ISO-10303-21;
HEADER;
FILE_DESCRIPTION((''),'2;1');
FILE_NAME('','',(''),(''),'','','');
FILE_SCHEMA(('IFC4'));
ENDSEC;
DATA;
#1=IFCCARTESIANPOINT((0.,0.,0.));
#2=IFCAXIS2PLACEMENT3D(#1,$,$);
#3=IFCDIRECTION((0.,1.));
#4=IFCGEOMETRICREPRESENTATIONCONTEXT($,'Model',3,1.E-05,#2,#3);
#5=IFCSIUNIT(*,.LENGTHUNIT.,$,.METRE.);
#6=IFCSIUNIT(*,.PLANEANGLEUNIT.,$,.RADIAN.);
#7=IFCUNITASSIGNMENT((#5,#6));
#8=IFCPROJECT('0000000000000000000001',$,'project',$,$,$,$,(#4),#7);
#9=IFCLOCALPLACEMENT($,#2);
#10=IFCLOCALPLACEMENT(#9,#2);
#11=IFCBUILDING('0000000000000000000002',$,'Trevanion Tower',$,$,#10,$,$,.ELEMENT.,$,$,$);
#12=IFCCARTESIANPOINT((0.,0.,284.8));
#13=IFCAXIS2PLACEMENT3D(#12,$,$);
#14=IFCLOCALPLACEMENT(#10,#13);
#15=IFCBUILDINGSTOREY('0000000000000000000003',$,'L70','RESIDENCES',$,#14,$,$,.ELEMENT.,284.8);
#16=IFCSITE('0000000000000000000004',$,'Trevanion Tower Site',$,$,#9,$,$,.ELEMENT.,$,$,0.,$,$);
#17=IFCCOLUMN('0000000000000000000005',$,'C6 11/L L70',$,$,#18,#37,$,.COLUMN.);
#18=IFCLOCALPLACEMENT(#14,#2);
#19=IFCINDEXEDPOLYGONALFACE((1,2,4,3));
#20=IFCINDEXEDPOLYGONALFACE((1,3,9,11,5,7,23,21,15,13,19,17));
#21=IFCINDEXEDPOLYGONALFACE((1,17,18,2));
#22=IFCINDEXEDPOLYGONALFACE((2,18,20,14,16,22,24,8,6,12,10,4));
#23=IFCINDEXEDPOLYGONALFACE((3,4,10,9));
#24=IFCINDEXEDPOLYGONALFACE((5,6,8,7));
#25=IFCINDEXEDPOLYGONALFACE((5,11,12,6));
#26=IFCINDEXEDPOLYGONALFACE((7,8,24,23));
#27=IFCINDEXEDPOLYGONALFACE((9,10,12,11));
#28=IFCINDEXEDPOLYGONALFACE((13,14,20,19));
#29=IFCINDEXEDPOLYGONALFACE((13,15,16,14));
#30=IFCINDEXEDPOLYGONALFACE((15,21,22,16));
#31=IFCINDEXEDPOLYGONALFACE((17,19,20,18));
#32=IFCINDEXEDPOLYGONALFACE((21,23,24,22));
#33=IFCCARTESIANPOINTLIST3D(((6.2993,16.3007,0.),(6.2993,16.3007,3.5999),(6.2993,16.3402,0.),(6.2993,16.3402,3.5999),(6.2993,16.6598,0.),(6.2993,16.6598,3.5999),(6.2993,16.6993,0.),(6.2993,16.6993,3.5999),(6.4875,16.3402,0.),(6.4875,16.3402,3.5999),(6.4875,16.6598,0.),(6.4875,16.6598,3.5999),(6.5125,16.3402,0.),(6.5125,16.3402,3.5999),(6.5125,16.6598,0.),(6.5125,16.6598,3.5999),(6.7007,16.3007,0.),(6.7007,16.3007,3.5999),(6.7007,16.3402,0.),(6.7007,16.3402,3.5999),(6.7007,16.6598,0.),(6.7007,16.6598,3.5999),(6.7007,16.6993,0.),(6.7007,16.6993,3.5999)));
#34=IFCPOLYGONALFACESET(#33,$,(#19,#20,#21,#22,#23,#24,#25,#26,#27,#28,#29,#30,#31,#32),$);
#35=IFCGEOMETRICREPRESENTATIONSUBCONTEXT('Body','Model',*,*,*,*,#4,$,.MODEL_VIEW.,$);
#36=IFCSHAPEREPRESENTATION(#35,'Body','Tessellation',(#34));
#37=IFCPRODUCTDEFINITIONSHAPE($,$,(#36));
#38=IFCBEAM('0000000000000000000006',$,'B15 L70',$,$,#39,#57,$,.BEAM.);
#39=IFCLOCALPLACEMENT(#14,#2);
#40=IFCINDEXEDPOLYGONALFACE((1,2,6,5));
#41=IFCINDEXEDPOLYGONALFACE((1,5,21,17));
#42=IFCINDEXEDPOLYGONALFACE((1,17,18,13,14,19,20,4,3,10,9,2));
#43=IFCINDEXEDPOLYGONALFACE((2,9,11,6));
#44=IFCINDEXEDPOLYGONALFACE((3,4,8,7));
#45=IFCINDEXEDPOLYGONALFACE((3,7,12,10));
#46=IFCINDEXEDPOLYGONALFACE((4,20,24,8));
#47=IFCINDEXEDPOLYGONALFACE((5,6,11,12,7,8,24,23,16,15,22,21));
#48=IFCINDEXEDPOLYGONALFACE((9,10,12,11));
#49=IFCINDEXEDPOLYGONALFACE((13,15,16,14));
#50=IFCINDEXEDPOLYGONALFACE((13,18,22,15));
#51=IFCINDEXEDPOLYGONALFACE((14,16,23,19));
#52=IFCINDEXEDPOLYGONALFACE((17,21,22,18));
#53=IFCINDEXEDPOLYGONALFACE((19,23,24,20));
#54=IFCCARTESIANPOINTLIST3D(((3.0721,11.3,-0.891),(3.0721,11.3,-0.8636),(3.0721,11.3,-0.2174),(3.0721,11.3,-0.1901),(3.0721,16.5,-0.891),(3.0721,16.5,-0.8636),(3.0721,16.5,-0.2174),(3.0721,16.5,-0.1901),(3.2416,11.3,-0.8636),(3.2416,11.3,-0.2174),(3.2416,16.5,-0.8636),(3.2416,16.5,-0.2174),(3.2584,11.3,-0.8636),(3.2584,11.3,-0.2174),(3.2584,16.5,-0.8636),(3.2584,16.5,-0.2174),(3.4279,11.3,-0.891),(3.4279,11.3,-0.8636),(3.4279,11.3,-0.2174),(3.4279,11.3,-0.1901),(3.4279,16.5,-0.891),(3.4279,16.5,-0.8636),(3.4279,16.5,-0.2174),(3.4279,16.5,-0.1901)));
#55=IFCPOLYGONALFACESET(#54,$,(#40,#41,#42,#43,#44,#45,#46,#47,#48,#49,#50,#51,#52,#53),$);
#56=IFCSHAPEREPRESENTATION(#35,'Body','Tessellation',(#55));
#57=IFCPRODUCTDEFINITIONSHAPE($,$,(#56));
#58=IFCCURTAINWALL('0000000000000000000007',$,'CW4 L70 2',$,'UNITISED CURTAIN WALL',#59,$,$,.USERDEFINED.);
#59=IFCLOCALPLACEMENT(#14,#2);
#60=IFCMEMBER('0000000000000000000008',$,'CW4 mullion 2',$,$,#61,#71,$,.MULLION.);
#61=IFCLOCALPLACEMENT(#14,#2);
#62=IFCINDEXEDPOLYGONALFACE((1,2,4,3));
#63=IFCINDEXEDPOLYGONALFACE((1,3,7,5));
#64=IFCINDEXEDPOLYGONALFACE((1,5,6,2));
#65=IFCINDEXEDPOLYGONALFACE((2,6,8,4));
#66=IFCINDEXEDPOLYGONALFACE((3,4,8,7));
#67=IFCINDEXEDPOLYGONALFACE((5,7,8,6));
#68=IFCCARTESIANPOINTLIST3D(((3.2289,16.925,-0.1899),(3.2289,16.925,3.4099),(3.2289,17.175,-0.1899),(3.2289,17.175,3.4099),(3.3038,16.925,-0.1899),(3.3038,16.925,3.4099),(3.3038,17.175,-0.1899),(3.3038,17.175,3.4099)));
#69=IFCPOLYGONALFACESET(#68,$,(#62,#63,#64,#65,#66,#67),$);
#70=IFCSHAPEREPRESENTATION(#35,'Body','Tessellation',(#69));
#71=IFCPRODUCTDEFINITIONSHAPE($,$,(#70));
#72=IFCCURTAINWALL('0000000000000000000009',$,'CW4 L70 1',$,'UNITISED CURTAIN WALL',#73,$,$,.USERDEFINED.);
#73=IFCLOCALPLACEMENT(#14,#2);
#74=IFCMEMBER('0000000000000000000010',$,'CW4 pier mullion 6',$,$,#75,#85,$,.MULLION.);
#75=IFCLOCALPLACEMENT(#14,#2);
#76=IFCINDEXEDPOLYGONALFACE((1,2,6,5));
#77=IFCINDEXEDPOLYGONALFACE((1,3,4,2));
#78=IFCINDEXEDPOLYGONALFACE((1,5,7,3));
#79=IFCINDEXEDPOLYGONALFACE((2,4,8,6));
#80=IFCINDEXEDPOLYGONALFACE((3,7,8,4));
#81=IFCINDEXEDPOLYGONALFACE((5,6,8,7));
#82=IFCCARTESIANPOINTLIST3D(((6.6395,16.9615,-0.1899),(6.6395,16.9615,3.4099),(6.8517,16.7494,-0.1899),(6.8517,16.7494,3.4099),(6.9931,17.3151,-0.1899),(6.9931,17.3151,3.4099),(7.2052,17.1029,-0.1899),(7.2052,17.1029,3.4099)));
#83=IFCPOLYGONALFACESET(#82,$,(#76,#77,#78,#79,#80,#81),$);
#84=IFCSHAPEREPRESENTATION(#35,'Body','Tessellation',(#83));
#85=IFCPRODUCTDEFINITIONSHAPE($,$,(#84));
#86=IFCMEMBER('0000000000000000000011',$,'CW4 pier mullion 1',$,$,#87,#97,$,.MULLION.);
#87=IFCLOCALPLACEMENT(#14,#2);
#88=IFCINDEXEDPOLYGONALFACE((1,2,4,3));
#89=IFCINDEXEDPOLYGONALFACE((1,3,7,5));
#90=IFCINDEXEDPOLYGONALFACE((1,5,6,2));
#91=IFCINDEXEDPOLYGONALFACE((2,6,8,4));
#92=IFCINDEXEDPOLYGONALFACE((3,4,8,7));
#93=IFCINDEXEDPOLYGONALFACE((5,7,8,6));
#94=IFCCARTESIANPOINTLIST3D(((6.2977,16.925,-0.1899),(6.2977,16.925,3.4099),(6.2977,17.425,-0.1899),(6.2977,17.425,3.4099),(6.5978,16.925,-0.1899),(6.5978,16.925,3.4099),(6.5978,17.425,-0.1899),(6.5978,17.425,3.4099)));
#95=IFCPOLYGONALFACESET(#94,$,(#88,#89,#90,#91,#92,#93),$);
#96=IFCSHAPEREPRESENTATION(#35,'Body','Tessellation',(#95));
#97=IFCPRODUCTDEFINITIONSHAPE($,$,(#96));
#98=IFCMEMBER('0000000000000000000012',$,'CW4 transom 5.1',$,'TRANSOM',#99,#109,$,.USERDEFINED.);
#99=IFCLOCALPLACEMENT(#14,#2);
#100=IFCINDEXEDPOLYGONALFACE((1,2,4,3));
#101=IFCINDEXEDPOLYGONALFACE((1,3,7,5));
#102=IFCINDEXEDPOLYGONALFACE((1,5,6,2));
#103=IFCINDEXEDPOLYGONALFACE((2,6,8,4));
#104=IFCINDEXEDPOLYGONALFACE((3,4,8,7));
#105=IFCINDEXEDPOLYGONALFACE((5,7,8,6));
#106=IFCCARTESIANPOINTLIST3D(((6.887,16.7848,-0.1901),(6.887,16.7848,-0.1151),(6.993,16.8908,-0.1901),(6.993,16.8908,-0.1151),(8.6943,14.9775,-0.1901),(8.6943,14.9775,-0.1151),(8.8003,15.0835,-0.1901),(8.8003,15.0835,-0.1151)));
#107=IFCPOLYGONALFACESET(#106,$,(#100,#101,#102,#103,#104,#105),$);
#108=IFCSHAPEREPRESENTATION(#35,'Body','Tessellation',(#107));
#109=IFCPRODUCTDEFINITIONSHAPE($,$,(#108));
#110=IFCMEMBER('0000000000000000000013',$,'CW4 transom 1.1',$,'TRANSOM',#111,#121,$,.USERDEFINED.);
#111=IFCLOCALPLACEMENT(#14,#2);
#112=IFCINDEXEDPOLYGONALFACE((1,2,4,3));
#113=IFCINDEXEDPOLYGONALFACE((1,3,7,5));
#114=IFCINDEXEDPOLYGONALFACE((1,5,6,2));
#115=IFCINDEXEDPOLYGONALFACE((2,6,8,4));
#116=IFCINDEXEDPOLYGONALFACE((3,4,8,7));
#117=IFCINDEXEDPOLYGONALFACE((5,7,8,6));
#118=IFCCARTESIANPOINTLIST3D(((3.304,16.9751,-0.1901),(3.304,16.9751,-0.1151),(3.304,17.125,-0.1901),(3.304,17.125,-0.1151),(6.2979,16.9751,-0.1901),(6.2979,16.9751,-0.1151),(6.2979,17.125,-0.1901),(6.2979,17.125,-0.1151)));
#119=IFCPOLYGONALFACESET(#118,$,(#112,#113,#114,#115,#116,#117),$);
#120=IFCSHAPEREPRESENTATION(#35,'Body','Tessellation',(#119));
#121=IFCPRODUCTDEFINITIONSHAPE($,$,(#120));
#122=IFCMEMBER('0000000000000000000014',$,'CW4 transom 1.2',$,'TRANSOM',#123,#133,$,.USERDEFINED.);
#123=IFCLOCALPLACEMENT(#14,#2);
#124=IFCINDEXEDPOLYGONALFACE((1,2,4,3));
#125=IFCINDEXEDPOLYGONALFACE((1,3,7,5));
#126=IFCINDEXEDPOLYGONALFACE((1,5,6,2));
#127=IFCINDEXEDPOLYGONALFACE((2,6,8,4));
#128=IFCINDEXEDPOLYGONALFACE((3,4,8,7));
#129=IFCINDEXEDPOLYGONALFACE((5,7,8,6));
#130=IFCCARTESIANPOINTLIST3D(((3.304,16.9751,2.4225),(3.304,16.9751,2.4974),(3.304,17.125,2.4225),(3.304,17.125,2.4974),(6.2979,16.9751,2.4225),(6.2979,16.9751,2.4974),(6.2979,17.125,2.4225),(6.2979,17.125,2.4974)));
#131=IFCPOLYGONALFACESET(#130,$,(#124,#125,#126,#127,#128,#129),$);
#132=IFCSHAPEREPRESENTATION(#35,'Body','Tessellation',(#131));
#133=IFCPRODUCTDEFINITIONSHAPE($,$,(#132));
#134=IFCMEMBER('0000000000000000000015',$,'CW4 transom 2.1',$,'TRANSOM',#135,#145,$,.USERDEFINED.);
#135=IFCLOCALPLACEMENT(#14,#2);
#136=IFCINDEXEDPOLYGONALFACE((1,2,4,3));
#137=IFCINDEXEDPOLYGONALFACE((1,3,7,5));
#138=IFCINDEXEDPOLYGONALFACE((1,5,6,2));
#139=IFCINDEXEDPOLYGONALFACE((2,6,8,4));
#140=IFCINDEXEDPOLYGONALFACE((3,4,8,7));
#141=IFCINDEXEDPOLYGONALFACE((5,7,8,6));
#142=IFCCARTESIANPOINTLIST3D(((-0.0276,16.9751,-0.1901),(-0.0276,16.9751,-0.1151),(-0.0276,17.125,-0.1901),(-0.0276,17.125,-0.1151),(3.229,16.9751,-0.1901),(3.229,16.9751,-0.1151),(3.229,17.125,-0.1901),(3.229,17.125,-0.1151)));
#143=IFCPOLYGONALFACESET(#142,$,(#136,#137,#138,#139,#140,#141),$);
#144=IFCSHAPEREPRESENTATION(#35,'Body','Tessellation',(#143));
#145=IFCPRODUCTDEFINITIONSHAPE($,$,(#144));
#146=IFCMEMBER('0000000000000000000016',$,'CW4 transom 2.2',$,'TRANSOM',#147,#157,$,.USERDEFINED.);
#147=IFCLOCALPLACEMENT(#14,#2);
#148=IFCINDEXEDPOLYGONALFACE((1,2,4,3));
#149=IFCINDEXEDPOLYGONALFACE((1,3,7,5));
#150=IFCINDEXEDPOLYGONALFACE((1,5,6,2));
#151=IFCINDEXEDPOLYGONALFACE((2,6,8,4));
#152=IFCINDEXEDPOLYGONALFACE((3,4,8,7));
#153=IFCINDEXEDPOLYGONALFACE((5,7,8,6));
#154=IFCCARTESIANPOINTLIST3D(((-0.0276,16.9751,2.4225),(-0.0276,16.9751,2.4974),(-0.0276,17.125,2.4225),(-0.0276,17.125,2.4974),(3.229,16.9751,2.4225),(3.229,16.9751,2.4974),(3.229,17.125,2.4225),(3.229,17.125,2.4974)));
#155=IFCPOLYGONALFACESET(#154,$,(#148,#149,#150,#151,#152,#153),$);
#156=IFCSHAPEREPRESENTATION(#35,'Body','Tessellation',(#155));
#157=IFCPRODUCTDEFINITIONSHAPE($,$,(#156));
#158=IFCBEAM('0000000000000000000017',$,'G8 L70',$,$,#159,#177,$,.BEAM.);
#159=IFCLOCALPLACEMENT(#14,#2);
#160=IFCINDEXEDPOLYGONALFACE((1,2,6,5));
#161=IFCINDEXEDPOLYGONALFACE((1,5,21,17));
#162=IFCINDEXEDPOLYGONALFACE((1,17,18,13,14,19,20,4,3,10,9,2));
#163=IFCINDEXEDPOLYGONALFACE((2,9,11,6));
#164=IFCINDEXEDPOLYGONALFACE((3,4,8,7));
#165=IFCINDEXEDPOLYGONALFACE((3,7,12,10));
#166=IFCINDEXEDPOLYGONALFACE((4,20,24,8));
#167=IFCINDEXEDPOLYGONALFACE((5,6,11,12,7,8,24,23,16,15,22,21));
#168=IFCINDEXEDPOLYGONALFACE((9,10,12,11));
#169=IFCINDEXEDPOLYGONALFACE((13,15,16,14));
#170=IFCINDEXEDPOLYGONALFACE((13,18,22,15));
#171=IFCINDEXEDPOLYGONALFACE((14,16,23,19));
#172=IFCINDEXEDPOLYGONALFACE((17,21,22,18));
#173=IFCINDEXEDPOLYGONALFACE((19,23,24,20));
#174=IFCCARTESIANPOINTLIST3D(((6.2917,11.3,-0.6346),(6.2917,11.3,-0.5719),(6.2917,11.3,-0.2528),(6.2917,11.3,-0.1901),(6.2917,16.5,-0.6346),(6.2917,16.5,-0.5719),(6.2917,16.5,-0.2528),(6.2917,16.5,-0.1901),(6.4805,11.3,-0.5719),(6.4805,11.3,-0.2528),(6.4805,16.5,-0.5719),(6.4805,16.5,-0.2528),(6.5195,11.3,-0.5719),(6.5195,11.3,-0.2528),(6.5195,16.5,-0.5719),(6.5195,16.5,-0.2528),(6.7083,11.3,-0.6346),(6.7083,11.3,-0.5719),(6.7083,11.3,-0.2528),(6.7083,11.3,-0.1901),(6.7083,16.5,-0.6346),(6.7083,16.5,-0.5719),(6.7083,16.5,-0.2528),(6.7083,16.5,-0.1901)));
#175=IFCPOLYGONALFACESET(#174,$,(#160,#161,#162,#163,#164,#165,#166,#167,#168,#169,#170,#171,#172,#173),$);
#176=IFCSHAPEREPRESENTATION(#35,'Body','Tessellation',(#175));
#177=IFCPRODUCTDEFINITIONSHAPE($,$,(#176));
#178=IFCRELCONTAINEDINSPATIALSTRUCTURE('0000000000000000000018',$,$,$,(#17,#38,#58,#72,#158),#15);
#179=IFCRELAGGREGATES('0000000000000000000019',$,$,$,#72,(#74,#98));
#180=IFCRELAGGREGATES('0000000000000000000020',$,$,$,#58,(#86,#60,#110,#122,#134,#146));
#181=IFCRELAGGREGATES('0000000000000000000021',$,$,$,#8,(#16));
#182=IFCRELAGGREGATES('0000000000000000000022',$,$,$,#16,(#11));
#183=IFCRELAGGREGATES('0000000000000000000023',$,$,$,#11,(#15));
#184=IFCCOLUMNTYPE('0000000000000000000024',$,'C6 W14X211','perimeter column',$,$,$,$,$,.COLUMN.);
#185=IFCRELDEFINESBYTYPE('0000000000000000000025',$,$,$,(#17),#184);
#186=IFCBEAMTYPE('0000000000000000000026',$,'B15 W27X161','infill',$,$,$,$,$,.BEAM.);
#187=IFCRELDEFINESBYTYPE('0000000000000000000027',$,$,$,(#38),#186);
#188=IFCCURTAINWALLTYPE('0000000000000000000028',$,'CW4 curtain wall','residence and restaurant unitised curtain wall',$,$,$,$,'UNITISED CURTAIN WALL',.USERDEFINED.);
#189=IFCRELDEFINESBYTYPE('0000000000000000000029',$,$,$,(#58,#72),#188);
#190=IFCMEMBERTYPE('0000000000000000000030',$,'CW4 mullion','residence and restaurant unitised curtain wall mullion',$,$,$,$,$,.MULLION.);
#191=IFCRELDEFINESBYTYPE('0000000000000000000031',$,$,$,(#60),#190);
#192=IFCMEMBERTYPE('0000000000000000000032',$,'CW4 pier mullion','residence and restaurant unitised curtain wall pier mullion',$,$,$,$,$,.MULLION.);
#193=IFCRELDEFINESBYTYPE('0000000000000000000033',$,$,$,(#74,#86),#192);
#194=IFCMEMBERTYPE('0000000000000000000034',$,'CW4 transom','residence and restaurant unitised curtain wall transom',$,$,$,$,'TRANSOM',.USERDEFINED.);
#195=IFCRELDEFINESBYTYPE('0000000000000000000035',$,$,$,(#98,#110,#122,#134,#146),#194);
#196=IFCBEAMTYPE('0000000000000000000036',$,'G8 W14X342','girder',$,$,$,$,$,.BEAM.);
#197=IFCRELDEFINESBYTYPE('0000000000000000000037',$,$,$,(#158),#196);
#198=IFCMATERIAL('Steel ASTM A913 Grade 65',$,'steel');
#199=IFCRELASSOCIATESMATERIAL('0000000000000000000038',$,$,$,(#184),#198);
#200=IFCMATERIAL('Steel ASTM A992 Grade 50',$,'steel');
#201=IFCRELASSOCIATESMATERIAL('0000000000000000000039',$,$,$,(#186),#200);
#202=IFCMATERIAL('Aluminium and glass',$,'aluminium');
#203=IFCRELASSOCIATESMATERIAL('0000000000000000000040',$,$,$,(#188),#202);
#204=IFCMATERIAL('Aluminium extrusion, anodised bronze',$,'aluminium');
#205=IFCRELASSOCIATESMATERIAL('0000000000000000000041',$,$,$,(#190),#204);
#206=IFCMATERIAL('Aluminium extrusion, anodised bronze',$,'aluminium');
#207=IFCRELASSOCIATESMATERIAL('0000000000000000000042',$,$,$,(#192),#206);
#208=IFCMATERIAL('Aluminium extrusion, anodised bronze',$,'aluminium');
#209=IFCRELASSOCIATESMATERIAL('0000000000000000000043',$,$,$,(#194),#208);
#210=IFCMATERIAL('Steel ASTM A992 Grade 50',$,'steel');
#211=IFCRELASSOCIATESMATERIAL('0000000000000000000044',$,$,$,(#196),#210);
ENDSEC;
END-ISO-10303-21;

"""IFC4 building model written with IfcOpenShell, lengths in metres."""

from ifc_helpers import new_model, si_unit, direction, frame, origin, origin_2d, place, context, subcontext, project, spatial, rectangle, i_section, extrude, material, material_profile, profile_set, type_object, element, aggregate, save


model = new_model("IFC4")

# Units and contexts
model_context = context("Model", 3, precision=1e-05, world=origin(), true_north=direction((0.0, 1.0)))
body_context = subcontext(model_context, "Body", "Model", "MODEL_VIEW")
ifc_project = project(units=[si_unit("LENGTHUNIT", "METRE"), si_unit("PLANEANGLEUNIT", "RADIAN")], contexts=[model_context])

# Site, building, storey
site_placement = place(None, origin())
site = spatial("IfcSite", under=ifc_project, at=site_placement, Name="Trevanion Tower Site", CompositionType="ELEMENT", RefElevation=0.0)
building_placement = place(site_placement, origin())
building = spatial("IfcBuilding", under=site, at=building_placement, Name="Trevanion Tower", CompositionType="ELEMENT")
storey_placement = place(building_placement, frame((0.0, 0.0, 284.8)))
storey = spatial("IfcBuildingStorey", under=building, at=storey_placement, Name="L70", Description="RESIDENCES", CompositionType="ELEMENT", Elevation=284.8)

# Column
ifc_material_1 = material(Name="Steel ASTM A913 Grade 65", Category="steel")
ifc_material_profile_1 = material_profile(ifc_material_1, i_section(OverallWidth=0.4014, OverallDepth=0.3987, WebThickness=0.0249, FlangeThickness=0.0396, at=origin_2d()), Name="W14X211")
ifc_profile_set_1 = profile_set([ifc_material_profile_1], Name="Steel ASTM A913 Grade 65")
column_type = type_object("IfcColumnType", Name="C6 W14X211", Description="perimeter column", PredefinedType="COLUMN", material=ifc_profile_set_1)
column_placement = place(storey_placement, frame((6.5, 16.5, 0.0), z_axis=(0.0, 0.0, 1.0), x_axis=(1.0, 0.0, 0.0)))
element("IfcColumn", 1, at=column_placement, inside=storey, type_object=column_type, Name="C6 11/L L70", PredefinedType="COLUMN", context=body_context, shape_type="SweptSolid", body=[
    extrude(i_section(OverallWidth=0.4014, OverallDepth=0.3987, WebThickness=0.0249, FlangeThickness=0.0396, at=origin_2d()), origin(), (0.0, 0.0, 1.0), 3.5999),
])

# Beam
ifc_material_2 = material(Name="Steel ASTM A992 Grade 50", Category="steel")
ifc_material_profile_2 = material_profile(ifc_material_2, i_section(OverallWidth=0.3557, OverallDepth=0.7009, WebThickness=0.0168, FlangeThickness=0.0273, at=origin_2d()), Name="W27X161")
ifc_profile_set_2 = profile_set([ifc_material_profile_2], Name="Steel ASTM A992 Grade 50")
beam_type_1 = type_object("IfcBeamType", Name="B15 W27X161", Description="infill", PredefinedType="BEAM", material=ifc_profile_set_2)
beam_1_placement = place(storey_placement, frame((3.25, 11.3, -0.5405), z_axis=(0.0, 1.0, 0.0), x_axis=(-1.0, 0.0, 0.0)))
element("IfcBeam", 2, at=beam_1_placement, inside=storey, type_object=beam_type_1, Name="B15 L70", PredefinedType="BEAM", context=body_context, shape_type="SweptSolid", body=[
    extrude(i_section(OverallWidth=0.3557, OverallDepth=0.7009, WebThickness=0.0168, FlangeThickness=0.0273, at=origin_2d()), origin(), (0.0, 0.0, 1.0), 5.2),
])

# Curtain walls, members
ifc_material_3 = material(Name="Aluminium and glass", Category="aluminium")
curtain_wall_type = type_object("IfcCurtainWallType", Name="CW4 curtain wall", Description="residence and restaurant unitised curtain wall", ElementType="UNITISED CURTAIN WALL", PredefinedType="USERDEFINED", material=ifc_material_3)
curtain_wall_1_placement = place(storey_placement, origin())
curtain_wall_1 = element("IfcCurtainWall", 3, at=curtain_wall_1_placement, inside=storey, type_object=curtain_wall_type, Name="CW4 L70 2", ObjectType="UNITISED CURTAIN WALL", PredefinedType="USERDEFINED")
ifc_material_4 = material(Name="Aluminium extrusion, anodised bronze", Category="aluminium")
ifc_material_profile_3 = material_profile(ifc_material_4, rectangle(XDim=0.075, YDim=0.25, at=origin_2d()), Name="CW4 mullion")
ifc_profile_set_3 = profile_set([ifc_material_profile_3], Name="Aluminium extrusion, anodised bronze")
member_type_1 = type_object("IfcMemberType", Name="CW4 mullion", Description="residence and restaurant unitised curtain wall mullion", PredefinedType="MULLION", material=ifc_profile_set_3)
member_1_placement = place(storey_placement, frame((3.2664, 17.05, -0.1899), z_axis=(0.0, 0.0, 1.0), x_axis=(-1.0, 0.0, 0.0)))
member_1 = element("IfcMember", 4, at=member_1_placement, type_object=member_type_1, Name="CW4 mullion 2", PredefinedType="MULLION", context=body_context, shape_type="SweptSolid", body=[
    extrude(rectangle(XDim=0.075, YDim=0.25, at=origin_2d()), origin(), (0.0, 0.0, 1.0), 3.5999),
])
curtain_wall_2_placement = place(storey_placement, origin())
curtain_wall_2 = element("IfcCurtainWall", 5, at=curtain_wall_2_placement, inside=storey, type_object=curtain_wall_type, Name="CW4 L70 1", ObjectType="UNITISED CURTAIN WALL", PredefinedType="USERDEFINED")
ifc_material_5 = material(Name="Aluminium extrusion, anodised bronze", Category="aluminium")
ifc_material_profile_4 = material_profile(ifc_material_5, rectangle(XDim=0.3, YDim=0.5, at=origin_2d()), Name="CW4 pier mullion")
ifc_profile_set_4 = profile_set([ifc_material_profile_4], Name="Aluminium extrusion, anodised bronze")
member_type_2 = type_object("IfcMemberType", Name="CW4 pier mullion", Description="residence and restaurant unitised curtain wall pier mullion", PredefinedType="MULLION", material=ifc_profile_set_4)
member_2_placement = place(storey_placement, frame((6.9224, 17.0322, -0.1899), z_axis=(0.0, 0.0, 1.0), x_axis=(-0.707107, 0.707107, 0.0)))
member_2 = element("IfcMember", 6, at=member_2_placement, type_object=member_type_2, Name="CW4 pier mullion 6", PredefinedType="MULLION", context=body_context, shape_type="SweptSolid", body=[
    extrude(rectangle(XDim=0.3, YDim=0.5, at=origin_2d()), origin(), (0.0, 0.0, 1.0), 3.5999),
])

# Members
member_3_placement = place(storey_placement, frame((6.4478, 17.175, -0.1899), z_axis=(0.0, 0.0, 1.0), x_axis=(-1.0, 0.0, 0.0)))
member_3 = element("IfcMember", 7, at=member_3_placement, type_object=member_type_2, Name="CW4 pier mullion 1", PredefinedType="MULLION", context=body_context, shape_type="SweptSolid", body=[
    extrude(rectangle(XDim=0.3, YDim=0.5, at=origin_2d()), origin(), (0.0, 0.0, 1.0), 3.5999),
])
ifc_material_6 = material(Name="Aluminium extrusion, anodised bronze", Category="aluminium")
ifc_material_profile_5 = material_profile(ifc_material_6, rectangle(XDim=0.1499, YDim=0.075, at=origin_2d()), Name="CW4 transom")
ifc_profile_set_5 = profile_set([ifc_material_profile_5], Name="Aluminium extrusion, anodised bronze")
member_type_3 = type_object("IfcMemberType", Name="CW4 transom", Description="residence and restaurant unitised curtain wall transom", ElementType="TRANSOM", PredefinedType="USERDEFINED", material=ifc_profile_set_5)
member_4_placement = place(storey_placement, frame((8.7473, 15.0305, -0.1526), z_axis=(-0.707107, 0.707107, 0.0), x_axis=(-0.707107, -0.707107, 0.0)))
member_4 = element("IfcMember", 8, at=member_4_placement, type_object=member_type_3, Name="CW4 transom 5.1", ObjectType="TRANSOM", PredefinedType="USERDEFINED", context=body_context, shape_type="SweptSolid", body=[
    extrude(rectangle(XDim=0.1499, YDim=0.075, at=origin_2d()), origin(), (0.0, 0.0, 1.0), 2.5559),
])
member_5_placement = place(storey_placement, frame((6.2979, 17.05, -0.1526), z_axis=(-1.0, 0.0, 0.0), x_axis=(0.0, -1.0, 0.0)))
member_5 = element("IfcMember", 9, at=member_5_placement, type_object=member_type_3, Name="CW4 transom 1.1", ObjectType="TRANSOM", PredefinedType="USERDEFINED", context=body_context, shape_type="SweptSolid", body=[
    extrude(rectangle(XDim=0.1499, YDim=0.075, at=origin_2d()), origin(), (0.0, 0.0, 1.0), 2.9939),
])
member_6_placement = place(storey_placement, frame((6.2979, 17.05, 2.46), z_axis=(-1.0, 0.0, 0.0), x_axis=(0.0, -1.0, 0.0)))
member_6 = element("IfcMember", 10, at=member_6_placement, type_object=member_type_3, Name="CW4 transom 1.2", ObjectType="TRANSOM", PredefinedType="USERDEFINED", context=body_context, shape_type="SweptSolid", body=[
    extrude(rectangle(XDim=0.1499, YDim=0.075, at=origin_2d()), origin(), (0.0, 0.0, 1.0), 2.9939),
])
member_7_placement = place(storey_placement, frame((3.229, 17.05, -0.1526), z_axis=(-1.0, 0.0, 0.0), x_axis=(0.0, -1.0, 0.0)))
member_7 = element("IfcMember", 11, at=member_7_placement, type_object=member_type_3, Name="CW4 transom 2.1", ObjectType="TRANSOM", PredefinedType="USERDEFINED", context=body_context, shape_type="SweptSolid", body=[
    extrude(rectangle(XDim=0.1499, YDim=0.075, at=origin_2d()), origin(), (0.0, 0.0, 1.0), 3.2566),
])
member_8_placement = place(storey_placement, frame((3.229, 17.05, 2.46), z_axis=(-1.0, 0.0, 0.0), x_axis=(0.0, -1.0, 0.0)))
member_8 = element("IfcMember", 12, at=member_8_placement, type_object=member_type_3, Name="CW4 transom 2.2", ObjectType="TRANSOM", PredefinedType="USERDEFINED", context=body_context, shape_type="SweptSolid", body=[
    extrude(rectangle(XDim=0.1499, YDim=0.075, at=origin_2d()), origin(), (0.0, 0.0, 1.0), 3.2566),
])

# Beam
ifc_material_7 = material(Name="Steel ASTM A992 Grade 50", Category="steel")
ifc_material_profile_6 = material_profile(ifc_material_7, i_section(OverallWidth=0.4165, OverallDepth=0.4446, WebThickness=0.0391, FlangeThickness=0.0627, at=origin_2d()), Name="W14X342")
ifc_profile_set_6 = profile_set([ifc_material_profile_6], Name="Steel ASTM A992 Grade 50")
beam_type_2 = type_object("IfcBeamType", Name="G8 W14X342", Description="girder", PredefinedType="BEAM", material=ifc_profile_set_6)
beam_2_placement = place(storey_placement, frame((6.5, 11.3, -0.4124), z_axis=(0.0, 1.0, 0.0), x_axis=(-1.0, 0.0, 0.0)))
element("IfcBeam", 13, at=beam_2_placement, inside=storey, type_object=beam_type_2, Name="G8 L70", PredefinedType="BEAM", context=body_context, shape_type="SweptSolid", body=[
    extrude(i_section(OverallWidth=0.4165, OverallDepth=0.4446, WebThickness=0.0391, FlangeThickness=0.0627, at=origin_2d()), origin(), (0.0, 0.0, 1.0), 5.2),
])

aggregate(curtain_wall_2, [member_2, member_4])
aggregate(curtain_wall_1, [member_3, member_1, member_5, member_6, member_7, member_8])

save(model, "model.ifc")
